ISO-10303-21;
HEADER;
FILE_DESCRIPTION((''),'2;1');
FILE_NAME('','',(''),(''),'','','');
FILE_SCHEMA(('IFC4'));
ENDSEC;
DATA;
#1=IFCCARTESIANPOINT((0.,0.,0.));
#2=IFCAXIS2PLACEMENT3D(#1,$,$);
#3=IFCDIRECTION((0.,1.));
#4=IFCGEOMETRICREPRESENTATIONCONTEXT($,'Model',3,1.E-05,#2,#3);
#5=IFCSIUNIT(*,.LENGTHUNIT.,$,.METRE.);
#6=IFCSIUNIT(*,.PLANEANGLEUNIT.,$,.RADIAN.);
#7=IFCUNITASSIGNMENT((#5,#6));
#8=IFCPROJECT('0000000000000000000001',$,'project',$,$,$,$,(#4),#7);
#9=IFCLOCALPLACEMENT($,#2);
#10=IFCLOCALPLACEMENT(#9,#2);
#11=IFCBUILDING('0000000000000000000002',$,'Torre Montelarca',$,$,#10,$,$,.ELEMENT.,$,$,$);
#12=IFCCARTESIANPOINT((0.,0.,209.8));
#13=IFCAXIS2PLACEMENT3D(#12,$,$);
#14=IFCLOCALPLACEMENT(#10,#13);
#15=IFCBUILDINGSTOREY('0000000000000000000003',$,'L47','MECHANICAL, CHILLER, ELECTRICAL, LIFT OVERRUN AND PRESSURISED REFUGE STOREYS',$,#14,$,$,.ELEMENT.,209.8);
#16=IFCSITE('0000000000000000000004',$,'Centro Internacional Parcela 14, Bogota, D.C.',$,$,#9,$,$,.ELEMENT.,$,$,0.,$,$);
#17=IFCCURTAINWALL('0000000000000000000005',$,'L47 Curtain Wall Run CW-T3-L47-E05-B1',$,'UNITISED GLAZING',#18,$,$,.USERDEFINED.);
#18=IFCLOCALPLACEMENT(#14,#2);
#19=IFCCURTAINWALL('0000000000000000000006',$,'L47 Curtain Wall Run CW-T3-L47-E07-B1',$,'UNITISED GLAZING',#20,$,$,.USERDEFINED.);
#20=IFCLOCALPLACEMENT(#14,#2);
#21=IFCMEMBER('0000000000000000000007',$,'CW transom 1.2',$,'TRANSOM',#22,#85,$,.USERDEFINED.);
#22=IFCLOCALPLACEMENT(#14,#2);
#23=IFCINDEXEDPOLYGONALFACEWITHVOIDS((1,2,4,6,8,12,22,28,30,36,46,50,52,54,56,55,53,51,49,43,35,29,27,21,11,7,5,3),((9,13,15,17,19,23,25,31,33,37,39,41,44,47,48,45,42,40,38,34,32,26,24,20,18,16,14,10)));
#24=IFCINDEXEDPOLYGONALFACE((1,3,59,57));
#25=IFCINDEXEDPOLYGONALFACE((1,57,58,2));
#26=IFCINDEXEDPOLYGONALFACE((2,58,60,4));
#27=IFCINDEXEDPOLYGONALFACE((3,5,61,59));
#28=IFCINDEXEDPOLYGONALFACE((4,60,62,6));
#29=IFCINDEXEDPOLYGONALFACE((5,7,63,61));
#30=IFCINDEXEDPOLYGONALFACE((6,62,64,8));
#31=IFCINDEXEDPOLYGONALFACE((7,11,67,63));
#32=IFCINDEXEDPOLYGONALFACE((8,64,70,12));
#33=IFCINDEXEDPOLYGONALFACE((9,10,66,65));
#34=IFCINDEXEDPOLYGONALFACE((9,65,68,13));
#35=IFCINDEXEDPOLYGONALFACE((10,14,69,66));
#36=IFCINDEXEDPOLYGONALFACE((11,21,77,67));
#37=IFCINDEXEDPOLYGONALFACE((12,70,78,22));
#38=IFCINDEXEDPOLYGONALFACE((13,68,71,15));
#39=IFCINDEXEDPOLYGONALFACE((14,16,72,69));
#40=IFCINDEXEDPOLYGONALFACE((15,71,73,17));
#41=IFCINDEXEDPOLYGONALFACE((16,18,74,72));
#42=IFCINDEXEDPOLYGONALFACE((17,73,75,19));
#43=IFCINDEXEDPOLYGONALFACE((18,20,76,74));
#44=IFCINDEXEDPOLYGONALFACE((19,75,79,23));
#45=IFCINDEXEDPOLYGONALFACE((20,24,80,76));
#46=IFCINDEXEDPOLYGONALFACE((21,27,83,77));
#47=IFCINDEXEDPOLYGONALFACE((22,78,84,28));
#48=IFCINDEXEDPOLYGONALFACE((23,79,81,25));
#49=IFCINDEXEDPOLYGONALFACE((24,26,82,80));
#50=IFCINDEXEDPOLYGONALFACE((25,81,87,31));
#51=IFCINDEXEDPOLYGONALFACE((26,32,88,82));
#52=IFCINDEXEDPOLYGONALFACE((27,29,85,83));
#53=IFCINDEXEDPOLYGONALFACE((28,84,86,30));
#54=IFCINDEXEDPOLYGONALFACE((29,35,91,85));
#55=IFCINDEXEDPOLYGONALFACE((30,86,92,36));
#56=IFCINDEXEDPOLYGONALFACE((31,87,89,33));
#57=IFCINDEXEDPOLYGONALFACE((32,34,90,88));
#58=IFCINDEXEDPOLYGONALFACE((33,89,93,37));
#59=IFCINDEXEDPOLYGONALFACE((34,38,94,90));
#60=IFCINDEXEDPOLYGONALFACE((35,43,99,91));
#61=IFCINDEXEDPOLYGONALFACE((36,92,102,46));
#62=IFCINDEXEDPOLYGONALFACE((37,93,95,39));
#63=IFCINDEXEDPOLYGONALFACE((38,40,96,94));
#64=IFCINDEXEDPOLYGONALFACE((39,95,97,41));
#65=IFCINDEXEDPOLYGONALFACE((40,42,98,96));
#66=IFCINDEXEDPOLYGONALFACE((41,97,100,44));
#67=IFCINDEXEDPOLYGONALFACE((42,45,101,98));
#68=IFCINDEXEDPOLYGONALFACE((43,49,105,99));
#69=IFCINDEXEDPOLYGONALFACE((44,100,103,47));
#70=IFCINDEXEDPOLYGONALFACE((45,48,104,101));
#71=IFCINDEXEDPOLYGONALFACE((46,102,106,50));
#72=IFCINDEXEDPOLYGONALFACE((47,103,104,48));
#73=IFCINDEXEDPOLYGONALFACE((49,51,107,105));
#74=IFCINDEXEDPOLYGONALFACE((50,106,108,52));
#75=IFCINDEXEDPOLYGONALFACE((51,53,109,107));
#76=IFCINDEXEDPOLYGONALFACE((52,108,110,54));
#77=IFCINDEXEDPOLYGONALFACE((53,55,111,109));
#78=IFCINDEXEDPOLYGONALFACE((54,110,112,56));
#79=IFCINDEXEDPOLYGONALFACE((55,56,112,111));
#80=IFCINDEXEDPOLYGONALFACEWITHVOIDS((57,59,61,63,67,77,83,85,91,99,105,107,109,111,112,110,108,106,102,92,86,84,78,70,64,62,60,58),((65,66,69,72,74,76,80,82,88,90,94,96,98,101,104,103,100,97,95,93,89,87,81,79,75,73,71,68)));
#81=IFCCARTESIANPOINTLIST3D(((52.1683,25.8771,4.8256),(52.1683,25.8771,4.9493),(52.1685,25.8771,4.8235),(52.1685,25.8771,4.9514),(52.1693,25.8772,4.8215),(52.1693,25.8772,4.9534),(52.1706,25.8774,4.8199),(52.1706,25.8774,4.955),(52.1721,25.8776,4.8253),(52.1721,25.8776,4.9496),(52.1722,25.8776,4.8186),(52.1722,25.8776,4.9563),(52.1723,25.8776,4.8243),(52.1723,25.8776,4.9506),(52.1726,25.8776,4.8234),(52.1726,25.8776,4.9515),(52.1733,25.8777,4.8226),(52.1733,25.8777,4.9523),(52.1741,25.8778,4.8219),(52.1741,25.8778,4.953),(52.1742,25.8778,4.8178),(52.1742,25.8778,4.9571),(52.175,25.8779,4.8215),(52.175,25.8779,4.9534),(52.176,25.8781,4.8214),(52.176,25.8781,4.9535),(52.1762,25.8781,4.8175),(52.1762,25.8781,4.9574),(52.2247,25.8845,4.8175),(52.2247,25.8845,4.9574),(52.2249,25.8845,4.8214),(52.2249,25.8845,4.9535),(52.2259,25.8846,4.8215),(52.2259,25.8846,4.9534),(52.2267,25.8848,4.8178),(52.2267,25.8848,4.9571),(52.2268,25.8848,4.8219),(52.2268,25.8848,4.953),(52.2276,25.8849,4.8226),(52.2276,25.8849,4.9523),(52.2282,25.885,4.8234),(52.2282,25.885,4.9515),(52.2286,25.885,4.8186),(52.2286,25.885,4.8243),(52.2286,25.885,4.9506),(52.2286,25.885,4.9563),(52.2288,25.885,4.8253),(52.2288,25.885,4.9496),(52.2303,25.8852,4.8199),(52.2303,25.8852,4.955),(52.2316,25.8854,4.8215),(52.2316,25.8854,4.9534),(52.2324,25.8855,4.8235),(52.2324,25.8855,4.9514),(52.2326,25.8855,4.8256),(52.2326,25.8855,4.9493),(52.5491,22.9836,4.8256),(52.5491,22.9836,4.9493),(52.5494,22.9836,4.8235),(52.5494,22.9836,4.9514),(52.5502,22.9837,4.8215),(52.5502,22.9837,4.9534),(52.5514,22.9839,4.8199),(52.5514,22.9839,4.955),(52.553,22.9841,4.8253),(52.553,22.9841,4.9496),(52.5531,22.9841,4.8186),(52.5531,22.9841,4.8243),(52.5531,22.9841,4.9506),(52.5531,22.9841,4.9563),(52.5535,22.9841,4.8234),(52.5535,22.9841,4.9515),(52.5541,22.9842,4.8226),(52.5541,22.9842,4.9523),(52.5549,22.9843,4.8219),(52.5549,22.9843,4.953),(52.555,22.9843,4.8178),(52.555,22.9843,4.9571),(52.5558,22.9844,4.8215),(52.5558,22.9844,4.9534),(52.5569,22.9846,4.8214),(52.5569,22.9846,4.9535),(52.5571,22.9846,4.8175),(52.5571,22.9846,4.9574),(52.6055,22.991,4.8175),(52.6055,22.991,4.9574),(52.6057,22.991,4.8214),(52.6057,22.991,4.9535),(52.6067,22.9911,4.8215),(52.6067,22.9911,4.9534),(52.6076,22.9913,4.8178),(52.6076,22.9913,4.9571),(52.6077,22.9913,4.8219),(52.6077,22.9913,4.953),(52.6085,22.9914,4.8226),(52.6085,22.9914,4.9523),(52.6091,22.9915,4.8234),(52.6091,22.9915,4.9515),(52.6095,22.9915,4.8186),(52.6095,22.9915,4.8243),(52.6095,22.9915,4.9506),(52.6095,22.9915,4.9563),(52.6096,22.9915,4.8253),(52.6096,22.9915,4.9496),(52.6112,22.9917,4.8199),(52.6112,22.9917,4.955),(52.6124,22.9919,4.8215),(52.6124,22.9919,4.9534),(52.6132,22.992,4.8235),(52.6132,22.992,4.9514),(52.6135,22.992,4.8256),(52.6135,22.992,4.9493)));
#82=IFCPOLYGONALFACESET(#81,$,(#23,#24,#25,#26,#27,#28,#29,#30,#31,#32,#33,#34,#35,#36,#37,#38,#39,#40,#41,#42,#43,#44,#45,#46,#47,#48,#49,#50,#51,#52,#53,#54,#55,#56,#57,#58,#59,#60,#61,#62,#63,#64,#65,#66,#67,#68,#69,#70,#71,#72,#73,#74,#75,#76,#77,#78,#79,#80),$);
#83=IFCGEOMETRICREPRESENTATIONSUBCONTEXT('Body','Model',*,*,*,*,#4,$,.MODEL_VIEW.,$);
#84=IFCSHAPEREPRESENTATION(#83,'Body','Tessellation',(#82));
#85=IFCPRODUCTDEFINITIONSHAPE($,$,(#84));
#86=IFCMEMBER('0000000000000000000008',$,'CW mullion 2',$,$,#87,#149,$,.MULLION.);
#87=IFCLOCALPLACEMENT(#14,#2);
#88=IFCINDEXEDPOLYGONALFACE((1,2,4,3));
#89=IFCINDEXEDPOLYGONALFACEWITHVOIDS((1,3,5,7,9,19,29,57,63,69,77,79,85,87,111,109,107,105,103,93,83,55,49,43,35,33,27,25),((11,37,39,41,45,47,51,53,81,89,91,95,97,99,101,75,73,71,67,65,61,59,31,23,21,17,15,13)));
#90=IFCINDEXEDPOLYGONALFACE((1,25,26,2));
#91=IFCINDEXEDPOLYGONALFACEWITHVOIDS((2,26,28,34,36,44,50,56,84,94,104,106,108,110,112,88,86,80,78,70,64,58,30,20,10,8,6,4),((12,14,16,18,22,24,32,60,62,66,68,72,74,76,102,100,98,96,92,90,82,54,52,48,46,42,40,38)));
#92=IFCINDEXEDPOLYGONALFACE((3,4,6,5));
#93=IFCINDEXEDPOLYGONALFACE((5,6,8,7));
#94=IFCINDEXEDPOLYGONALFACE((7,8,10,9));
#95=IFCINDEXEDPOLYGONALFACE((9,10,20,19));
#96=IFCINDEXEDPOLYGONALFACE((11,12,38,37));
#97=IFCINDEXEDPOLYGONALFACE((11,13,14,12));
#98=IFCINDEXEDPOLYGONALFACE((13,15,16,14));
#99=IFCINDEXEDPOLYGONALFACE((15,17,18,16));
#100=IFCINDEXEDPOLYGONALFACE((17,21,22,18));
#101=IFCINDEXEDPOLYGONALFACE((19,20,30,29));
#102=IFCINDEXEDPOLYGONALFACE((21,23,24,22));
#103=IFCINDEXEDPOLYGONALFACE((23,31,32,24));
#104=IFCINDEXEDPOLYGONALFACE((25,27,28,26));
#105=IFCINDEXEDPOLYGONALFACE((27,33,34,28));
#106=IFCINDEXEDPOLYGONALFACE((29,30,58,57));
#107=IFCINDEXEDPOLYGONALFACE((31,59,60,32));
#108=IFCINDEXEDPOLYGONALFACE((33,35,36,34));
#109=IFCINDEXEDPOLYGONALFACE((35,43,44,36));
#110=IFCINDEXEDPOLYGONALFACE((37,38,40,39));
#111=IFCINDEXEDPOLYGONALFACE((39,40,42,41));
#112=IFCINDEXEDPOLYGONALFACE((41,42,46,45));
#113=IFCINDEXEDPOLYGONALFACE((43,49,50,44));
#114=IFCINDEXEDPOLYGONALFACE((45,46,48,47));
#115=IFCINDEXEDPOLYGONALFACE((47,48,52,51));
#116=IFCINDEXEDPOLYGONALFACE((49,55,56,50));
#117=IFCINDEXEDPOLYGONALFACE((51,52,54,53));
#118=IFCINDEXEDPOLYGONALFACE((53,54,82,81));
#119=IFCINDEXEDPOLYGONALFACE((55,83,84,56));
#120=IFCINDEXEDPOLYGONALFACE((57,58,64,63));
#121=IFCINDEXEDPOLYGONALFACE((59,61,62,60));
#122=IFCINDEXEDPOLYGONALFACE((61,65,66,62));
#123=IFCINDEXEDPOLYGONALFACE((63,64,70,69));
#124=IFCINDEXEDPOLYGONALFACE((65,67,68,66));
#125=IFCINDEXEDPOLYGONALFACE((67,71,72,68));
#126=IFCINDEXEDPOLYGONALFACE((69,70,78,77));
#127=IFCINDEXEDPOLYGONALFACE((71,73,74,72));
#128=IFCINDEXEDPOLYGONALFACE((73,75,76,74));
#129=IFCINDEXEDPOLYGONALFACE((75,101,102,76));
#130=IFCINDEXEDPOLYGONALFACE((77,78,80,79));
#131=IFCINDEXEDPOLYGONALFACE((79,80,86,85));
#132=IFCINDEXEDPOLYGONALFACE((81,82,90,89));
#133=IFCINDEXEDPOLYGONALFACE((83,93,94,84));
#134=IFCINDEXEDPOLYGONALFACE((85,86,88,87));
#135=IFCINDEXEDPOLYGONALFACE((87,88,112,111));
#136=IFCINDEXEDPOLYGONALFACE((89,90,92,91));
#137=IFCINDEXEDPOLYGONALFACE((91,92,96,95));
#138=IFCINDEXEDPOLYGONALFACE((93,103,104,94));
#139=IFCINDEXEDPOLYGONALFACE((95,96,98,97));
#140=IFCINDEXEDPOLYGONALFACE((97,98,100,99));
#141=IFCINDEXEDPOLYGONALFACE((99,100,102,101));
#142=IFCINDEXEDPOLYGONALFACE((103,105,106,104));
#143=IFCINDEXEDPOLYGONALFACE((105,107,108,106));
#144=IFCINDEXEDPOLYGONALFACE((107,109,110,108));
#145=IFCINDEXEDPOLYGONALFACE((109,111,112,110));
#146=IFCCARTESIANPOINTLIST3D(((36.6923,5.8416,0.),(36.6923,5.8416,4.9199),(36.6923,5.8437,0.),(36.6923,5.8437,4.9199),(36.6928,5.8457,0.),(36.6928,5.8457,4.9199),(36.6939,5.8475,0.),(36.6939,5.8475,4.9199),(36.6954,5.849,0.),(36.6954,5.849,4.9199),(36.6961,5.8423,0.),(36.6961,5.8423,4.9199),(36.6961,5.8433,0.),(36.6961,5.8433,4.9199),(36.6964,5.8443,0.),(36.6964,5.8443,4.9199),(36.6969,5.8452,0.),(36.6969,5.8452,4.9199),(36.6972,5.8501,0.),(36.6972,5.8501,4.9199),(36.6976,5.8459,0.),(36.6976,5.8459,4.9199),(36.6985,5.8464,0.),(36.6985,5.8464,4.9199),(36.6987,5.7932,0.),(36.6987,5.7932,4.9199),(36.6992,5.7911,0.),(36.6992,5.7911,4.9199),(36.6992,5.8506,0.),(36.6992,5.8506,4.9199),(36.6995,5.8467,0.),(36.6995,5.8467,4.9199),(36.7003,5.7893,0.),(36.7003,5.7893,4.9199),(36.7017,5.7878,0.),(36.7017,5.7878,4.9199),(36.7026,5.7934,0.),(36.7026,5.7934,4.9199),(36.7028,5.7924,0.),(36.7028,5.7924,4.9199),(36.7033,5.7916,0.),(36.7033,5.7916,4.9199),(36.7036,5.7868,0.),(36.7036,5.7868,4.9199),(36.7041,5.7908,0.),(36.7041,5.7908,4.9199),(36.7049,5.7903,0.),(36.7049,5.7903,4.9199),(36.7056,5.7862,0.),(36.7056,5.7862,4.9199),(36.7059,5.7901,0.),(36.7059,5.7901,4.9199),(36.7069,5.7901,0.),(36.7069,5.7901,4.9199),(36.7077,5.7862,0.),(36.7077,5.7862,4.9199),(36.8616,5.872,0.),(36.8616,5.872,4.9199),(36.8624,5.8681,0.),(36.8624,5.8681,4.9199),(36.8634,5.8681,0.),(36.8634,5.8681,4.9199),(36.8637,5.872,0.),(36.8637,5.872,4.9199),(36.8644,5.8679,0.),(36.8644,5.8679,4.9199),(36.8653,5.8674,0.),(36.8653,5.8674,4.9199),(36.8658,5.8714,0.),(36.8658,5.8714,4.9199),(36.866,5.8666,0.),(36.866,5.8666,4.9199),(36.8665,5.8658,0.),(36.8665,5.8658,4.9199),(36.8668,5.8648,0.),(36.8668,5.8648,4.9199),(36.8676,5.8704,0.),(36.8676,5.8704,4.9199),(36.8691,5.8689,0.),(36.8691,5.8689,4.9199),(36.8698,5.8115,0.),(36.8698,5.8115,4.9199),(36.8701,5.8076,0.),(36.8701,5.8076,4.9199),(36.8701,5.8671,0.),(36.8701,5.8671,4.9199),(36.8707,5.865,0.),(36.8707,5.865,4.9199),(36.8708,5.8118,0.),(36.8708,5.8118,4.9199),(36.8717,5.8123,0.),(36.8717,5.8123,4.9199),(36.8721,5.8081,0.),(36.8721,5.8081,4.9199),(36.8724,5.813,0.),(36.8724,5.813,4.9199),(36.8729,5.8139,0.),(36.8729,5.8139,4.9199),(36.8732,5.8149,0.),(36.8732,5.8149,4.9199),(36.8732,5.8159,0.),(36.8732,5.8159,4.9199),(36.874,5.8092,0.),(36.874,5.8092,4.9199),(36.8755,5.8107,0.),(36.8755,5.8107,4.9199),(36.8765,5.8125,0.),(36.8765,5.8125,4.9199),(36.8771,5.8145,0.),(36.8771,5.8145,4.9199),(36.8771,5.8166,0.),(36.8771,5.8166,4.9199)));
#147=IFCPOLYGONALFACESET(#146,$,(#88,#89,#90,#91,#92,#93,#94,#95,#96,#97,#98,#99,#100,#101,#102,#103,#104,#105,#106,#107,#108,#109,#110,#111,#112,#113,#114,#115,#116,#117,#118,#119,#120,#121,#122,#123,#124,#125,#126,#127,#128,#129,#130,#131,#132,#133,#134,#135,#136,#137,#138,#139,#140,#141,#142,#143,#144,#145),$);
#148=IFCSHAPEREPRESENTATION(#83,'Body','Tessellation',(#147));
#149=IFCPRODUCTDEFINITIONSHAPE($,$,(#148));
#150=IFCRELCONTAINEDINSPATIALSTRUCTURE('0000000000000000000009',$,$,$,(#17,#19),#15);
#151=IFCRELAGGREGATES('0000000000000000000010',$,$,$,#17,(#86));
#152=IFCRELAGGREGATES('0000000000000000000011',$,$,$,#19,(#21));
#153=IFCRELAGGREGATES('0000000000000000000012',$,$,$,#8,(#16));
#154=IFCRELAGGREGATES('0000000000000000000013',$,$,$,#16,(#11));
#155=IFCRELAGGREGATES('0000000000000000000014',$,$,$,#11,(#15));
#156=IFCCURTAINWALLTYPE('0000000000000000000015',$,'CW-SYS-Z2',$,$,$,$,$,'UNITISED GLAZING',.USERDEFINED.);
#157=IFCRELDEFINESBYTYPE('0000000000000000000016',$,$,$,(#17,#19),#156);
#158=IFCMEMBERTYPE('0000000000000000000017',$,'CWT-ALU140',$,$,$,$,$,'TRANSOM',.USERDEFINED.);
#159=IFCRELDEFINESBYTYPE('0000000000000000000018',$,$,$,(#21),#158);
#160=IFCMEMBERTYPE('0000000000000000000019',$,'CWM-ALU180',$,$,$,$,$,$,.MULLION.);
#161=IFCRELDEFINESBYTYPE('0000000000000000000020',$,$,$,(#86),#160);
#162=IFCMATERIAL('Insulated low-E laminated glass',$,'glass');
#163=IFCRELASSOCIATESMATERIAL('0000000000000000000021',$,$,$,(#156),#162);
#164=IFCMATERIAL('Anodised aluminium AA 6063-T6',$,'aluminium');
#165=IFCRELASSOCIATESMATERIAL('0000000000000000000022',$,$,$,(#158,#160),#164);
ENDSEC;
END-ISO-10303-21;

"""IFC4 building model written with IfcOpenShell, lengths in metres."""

from ifc_helpers import new_model, si_unit, direction, frame, origin, origin_2d, place, context, subcontext, project, spatial, hollow_rectangle, extrude, source, transform, mapped, material, material_profile, profile_set, type_object, element, aggregate, save


model = new_model("IFC4")

# Units and contexts
model_context = context("Model", 3, precision=1e-05, world=origin(), true_north=direction((0.0, 1.0)))
body_context = subcontext(model_context, "Body", "Model", "MODEL_VIEW")
ifc_project = project(units=[si_unit("LENGTHUNIT", "METRE"), si_unit("PLANEANGLEUNIT", "RADIAN")], contexts=[model_context])

# Site, building, storey
site_placement = place(None, origin())
site = spatial("IfcSite", under=ifc_project, at=site_placement, Name="Centro Internacional Parcela 14, Bogota, D.C.", CompositionType="ELEMENT", RefElevation=0.0)
building_placement = place(site_placement, origin())
building = spatial("IfcBuilding", under=site, at=building_placement, Name="Torre Montelarca", CompositionType="ELEMENT")
storey_placement = place(building_placement, frame((0.0, 0.0, 209.8)))
storey = spatial("IfcBuildingStorey", under=building, at=storey_placement, Name="L47", Description="MECHANICAL, CHILLER, ELECTRICAL, LIFT OVERRUN AND PRESSURISED REFUGE STOREYS", CompositionType="ELEMENT", Elevation=209.8)

# Curtain walls, member
ifc_material_1 = material(Name="Insulated low-E laminated glass", Category="glass")
curtain_wall_type = type_object("IfcCurtainWallType", Name="CW-SYS-Z2", ElementType="UNITISED GLAZING", PredefinedType="USERDEFINED", material=ifc_material_1)
curtain_wall_1_placement = place(storey_placement, origin())
curtain_wall_1 = element("IfcCurtainWall", 1, at=curtain_wall_1_placement, inside=storey, type_object=curtain_wall_type, Name="L47 Curtain Wall Run CW-T3-L47-E05-B1", ObjectType="UNITISED GLAZING", PredefinedType="USERDEFINED")
ifc_material_2 = material(Name="Anodised aluminium AA 6063-T6", Category="aluminium")
ifc_material_profile_1 = material_profile(ifc_material_2, hollow_rectangle(XDim=0.0649, YDim=0.1399, WallThickness=0.0039, InnerFilletRadius=0.0039, OuterFilletRadius=0.0081, at=origin_2d()), Name="ALU65X140X4", Category="aluminium")
ifc_profile_set_1 = profile_set([ifc_material_profile_1], Name="Anodised aluminium AA 6063-T6")
member_type_1 = type_object("IfcMemberType", Name="CWT-ALU140", ElementType="TRANSOM", PredefinedType="USERDEFINED", material=ifc_profile_set_1)
curtain_wall_2_placement = place(storey_placement, origin())
curtain_wall_2 = element("IfcCurtainWall", 2, at=curtain_wall_2_placement, inside=storey, type_object=curtain_wall_type, Name="L47 Curtain Wall Run CW-T3-L47-E07-B1", ObjectType="UNITISED GLAZING", PredefinedType="USERDEFINED")
shared_shape_1 = source(origin(), body_context, "Body", "SweptSolid", [
    extrude(hollow_rectangle(XDim=0.0649, YDim=0.1399, WallThickness=0.0039, InnerFilletRadius=0.0039, OuterFilletRadius=0.0081, at=origin_2d()), origin(), (0.0, 0.0, 1.0), 2.9185),
])
member_1_placement = place(storey_placement, frame((52.5813, 22.9878, 4.8875), z_axis=(-0.130498, 0.991449, 0.0), x_axis=(-0.991449, -0.130498, 0.0)))
member_1 = element("IfcMember", 3, at=member_1_placement, type_object=member_type_1, Name="CW transom 1.2", ObjectType="TRANSOM", PredefinedType="USERDEFINED", context=body_context, shape_type="MappedRepresentation", body=[
    mapped(shared_shape_1, transform((0.0, 0.0, 0.0), scale=1.0)),
])

# Member
ifc_material_profile_2 = material_profile(ifc_material_2, hollow_rectangle(XDim=0.0649, YDim=0.1799, WallThickness=0.0039, InnerFilletRadius=0.0039, OuterFilletRadius=0.0081, at=origin_2d()), Name="ALU65X180X4", Category="aluminium")
ifc_profile_set_2 = profile_set([ifc_material_profile_2], Name="Anodised aluminium AA 6063-T6")
member_type_2 = type_object("IfcMemberType", Name="CWM-ALU180", PredefinedType="MULLION", material=ifc_profile_set_2)
shared_shape_2 = source(origin(), body_context, "Body", "SweptSolid", [
    extrude(hollow_rectangle(XDim=0.0649, YDim=0.1799, WallThickness=0.0039, InnerFilletRadius=0.0039, OuterFilletRadius=0.0081, at=origin_2d()), origin(), (0.0, 0.0, 1.0), 4.9199),
])
member_2_placement = place(storey_placement, frame((36.7847, 5.8291, 0.0), z_axis=(0.0, 0.0, 1.0), x_axis=(-0.130512, 0.991447, 0.0)))
member_2 = element("IfcMember", 4, at=member_2_placement, type_object=member_type_2, Name="CW mullion 2", PredefinedType="MULLION", context=body_context, shape_type="MappedRepresentation", body=[
    mapped(shared_shape_2, transform((0.0, 0.0, 0.0), scale=1.0)),
])

aggregate(curtain_wall_1, [member_2])
aggregate(curtain_wall_2, [member_1])

save(model, "model.ifc")
